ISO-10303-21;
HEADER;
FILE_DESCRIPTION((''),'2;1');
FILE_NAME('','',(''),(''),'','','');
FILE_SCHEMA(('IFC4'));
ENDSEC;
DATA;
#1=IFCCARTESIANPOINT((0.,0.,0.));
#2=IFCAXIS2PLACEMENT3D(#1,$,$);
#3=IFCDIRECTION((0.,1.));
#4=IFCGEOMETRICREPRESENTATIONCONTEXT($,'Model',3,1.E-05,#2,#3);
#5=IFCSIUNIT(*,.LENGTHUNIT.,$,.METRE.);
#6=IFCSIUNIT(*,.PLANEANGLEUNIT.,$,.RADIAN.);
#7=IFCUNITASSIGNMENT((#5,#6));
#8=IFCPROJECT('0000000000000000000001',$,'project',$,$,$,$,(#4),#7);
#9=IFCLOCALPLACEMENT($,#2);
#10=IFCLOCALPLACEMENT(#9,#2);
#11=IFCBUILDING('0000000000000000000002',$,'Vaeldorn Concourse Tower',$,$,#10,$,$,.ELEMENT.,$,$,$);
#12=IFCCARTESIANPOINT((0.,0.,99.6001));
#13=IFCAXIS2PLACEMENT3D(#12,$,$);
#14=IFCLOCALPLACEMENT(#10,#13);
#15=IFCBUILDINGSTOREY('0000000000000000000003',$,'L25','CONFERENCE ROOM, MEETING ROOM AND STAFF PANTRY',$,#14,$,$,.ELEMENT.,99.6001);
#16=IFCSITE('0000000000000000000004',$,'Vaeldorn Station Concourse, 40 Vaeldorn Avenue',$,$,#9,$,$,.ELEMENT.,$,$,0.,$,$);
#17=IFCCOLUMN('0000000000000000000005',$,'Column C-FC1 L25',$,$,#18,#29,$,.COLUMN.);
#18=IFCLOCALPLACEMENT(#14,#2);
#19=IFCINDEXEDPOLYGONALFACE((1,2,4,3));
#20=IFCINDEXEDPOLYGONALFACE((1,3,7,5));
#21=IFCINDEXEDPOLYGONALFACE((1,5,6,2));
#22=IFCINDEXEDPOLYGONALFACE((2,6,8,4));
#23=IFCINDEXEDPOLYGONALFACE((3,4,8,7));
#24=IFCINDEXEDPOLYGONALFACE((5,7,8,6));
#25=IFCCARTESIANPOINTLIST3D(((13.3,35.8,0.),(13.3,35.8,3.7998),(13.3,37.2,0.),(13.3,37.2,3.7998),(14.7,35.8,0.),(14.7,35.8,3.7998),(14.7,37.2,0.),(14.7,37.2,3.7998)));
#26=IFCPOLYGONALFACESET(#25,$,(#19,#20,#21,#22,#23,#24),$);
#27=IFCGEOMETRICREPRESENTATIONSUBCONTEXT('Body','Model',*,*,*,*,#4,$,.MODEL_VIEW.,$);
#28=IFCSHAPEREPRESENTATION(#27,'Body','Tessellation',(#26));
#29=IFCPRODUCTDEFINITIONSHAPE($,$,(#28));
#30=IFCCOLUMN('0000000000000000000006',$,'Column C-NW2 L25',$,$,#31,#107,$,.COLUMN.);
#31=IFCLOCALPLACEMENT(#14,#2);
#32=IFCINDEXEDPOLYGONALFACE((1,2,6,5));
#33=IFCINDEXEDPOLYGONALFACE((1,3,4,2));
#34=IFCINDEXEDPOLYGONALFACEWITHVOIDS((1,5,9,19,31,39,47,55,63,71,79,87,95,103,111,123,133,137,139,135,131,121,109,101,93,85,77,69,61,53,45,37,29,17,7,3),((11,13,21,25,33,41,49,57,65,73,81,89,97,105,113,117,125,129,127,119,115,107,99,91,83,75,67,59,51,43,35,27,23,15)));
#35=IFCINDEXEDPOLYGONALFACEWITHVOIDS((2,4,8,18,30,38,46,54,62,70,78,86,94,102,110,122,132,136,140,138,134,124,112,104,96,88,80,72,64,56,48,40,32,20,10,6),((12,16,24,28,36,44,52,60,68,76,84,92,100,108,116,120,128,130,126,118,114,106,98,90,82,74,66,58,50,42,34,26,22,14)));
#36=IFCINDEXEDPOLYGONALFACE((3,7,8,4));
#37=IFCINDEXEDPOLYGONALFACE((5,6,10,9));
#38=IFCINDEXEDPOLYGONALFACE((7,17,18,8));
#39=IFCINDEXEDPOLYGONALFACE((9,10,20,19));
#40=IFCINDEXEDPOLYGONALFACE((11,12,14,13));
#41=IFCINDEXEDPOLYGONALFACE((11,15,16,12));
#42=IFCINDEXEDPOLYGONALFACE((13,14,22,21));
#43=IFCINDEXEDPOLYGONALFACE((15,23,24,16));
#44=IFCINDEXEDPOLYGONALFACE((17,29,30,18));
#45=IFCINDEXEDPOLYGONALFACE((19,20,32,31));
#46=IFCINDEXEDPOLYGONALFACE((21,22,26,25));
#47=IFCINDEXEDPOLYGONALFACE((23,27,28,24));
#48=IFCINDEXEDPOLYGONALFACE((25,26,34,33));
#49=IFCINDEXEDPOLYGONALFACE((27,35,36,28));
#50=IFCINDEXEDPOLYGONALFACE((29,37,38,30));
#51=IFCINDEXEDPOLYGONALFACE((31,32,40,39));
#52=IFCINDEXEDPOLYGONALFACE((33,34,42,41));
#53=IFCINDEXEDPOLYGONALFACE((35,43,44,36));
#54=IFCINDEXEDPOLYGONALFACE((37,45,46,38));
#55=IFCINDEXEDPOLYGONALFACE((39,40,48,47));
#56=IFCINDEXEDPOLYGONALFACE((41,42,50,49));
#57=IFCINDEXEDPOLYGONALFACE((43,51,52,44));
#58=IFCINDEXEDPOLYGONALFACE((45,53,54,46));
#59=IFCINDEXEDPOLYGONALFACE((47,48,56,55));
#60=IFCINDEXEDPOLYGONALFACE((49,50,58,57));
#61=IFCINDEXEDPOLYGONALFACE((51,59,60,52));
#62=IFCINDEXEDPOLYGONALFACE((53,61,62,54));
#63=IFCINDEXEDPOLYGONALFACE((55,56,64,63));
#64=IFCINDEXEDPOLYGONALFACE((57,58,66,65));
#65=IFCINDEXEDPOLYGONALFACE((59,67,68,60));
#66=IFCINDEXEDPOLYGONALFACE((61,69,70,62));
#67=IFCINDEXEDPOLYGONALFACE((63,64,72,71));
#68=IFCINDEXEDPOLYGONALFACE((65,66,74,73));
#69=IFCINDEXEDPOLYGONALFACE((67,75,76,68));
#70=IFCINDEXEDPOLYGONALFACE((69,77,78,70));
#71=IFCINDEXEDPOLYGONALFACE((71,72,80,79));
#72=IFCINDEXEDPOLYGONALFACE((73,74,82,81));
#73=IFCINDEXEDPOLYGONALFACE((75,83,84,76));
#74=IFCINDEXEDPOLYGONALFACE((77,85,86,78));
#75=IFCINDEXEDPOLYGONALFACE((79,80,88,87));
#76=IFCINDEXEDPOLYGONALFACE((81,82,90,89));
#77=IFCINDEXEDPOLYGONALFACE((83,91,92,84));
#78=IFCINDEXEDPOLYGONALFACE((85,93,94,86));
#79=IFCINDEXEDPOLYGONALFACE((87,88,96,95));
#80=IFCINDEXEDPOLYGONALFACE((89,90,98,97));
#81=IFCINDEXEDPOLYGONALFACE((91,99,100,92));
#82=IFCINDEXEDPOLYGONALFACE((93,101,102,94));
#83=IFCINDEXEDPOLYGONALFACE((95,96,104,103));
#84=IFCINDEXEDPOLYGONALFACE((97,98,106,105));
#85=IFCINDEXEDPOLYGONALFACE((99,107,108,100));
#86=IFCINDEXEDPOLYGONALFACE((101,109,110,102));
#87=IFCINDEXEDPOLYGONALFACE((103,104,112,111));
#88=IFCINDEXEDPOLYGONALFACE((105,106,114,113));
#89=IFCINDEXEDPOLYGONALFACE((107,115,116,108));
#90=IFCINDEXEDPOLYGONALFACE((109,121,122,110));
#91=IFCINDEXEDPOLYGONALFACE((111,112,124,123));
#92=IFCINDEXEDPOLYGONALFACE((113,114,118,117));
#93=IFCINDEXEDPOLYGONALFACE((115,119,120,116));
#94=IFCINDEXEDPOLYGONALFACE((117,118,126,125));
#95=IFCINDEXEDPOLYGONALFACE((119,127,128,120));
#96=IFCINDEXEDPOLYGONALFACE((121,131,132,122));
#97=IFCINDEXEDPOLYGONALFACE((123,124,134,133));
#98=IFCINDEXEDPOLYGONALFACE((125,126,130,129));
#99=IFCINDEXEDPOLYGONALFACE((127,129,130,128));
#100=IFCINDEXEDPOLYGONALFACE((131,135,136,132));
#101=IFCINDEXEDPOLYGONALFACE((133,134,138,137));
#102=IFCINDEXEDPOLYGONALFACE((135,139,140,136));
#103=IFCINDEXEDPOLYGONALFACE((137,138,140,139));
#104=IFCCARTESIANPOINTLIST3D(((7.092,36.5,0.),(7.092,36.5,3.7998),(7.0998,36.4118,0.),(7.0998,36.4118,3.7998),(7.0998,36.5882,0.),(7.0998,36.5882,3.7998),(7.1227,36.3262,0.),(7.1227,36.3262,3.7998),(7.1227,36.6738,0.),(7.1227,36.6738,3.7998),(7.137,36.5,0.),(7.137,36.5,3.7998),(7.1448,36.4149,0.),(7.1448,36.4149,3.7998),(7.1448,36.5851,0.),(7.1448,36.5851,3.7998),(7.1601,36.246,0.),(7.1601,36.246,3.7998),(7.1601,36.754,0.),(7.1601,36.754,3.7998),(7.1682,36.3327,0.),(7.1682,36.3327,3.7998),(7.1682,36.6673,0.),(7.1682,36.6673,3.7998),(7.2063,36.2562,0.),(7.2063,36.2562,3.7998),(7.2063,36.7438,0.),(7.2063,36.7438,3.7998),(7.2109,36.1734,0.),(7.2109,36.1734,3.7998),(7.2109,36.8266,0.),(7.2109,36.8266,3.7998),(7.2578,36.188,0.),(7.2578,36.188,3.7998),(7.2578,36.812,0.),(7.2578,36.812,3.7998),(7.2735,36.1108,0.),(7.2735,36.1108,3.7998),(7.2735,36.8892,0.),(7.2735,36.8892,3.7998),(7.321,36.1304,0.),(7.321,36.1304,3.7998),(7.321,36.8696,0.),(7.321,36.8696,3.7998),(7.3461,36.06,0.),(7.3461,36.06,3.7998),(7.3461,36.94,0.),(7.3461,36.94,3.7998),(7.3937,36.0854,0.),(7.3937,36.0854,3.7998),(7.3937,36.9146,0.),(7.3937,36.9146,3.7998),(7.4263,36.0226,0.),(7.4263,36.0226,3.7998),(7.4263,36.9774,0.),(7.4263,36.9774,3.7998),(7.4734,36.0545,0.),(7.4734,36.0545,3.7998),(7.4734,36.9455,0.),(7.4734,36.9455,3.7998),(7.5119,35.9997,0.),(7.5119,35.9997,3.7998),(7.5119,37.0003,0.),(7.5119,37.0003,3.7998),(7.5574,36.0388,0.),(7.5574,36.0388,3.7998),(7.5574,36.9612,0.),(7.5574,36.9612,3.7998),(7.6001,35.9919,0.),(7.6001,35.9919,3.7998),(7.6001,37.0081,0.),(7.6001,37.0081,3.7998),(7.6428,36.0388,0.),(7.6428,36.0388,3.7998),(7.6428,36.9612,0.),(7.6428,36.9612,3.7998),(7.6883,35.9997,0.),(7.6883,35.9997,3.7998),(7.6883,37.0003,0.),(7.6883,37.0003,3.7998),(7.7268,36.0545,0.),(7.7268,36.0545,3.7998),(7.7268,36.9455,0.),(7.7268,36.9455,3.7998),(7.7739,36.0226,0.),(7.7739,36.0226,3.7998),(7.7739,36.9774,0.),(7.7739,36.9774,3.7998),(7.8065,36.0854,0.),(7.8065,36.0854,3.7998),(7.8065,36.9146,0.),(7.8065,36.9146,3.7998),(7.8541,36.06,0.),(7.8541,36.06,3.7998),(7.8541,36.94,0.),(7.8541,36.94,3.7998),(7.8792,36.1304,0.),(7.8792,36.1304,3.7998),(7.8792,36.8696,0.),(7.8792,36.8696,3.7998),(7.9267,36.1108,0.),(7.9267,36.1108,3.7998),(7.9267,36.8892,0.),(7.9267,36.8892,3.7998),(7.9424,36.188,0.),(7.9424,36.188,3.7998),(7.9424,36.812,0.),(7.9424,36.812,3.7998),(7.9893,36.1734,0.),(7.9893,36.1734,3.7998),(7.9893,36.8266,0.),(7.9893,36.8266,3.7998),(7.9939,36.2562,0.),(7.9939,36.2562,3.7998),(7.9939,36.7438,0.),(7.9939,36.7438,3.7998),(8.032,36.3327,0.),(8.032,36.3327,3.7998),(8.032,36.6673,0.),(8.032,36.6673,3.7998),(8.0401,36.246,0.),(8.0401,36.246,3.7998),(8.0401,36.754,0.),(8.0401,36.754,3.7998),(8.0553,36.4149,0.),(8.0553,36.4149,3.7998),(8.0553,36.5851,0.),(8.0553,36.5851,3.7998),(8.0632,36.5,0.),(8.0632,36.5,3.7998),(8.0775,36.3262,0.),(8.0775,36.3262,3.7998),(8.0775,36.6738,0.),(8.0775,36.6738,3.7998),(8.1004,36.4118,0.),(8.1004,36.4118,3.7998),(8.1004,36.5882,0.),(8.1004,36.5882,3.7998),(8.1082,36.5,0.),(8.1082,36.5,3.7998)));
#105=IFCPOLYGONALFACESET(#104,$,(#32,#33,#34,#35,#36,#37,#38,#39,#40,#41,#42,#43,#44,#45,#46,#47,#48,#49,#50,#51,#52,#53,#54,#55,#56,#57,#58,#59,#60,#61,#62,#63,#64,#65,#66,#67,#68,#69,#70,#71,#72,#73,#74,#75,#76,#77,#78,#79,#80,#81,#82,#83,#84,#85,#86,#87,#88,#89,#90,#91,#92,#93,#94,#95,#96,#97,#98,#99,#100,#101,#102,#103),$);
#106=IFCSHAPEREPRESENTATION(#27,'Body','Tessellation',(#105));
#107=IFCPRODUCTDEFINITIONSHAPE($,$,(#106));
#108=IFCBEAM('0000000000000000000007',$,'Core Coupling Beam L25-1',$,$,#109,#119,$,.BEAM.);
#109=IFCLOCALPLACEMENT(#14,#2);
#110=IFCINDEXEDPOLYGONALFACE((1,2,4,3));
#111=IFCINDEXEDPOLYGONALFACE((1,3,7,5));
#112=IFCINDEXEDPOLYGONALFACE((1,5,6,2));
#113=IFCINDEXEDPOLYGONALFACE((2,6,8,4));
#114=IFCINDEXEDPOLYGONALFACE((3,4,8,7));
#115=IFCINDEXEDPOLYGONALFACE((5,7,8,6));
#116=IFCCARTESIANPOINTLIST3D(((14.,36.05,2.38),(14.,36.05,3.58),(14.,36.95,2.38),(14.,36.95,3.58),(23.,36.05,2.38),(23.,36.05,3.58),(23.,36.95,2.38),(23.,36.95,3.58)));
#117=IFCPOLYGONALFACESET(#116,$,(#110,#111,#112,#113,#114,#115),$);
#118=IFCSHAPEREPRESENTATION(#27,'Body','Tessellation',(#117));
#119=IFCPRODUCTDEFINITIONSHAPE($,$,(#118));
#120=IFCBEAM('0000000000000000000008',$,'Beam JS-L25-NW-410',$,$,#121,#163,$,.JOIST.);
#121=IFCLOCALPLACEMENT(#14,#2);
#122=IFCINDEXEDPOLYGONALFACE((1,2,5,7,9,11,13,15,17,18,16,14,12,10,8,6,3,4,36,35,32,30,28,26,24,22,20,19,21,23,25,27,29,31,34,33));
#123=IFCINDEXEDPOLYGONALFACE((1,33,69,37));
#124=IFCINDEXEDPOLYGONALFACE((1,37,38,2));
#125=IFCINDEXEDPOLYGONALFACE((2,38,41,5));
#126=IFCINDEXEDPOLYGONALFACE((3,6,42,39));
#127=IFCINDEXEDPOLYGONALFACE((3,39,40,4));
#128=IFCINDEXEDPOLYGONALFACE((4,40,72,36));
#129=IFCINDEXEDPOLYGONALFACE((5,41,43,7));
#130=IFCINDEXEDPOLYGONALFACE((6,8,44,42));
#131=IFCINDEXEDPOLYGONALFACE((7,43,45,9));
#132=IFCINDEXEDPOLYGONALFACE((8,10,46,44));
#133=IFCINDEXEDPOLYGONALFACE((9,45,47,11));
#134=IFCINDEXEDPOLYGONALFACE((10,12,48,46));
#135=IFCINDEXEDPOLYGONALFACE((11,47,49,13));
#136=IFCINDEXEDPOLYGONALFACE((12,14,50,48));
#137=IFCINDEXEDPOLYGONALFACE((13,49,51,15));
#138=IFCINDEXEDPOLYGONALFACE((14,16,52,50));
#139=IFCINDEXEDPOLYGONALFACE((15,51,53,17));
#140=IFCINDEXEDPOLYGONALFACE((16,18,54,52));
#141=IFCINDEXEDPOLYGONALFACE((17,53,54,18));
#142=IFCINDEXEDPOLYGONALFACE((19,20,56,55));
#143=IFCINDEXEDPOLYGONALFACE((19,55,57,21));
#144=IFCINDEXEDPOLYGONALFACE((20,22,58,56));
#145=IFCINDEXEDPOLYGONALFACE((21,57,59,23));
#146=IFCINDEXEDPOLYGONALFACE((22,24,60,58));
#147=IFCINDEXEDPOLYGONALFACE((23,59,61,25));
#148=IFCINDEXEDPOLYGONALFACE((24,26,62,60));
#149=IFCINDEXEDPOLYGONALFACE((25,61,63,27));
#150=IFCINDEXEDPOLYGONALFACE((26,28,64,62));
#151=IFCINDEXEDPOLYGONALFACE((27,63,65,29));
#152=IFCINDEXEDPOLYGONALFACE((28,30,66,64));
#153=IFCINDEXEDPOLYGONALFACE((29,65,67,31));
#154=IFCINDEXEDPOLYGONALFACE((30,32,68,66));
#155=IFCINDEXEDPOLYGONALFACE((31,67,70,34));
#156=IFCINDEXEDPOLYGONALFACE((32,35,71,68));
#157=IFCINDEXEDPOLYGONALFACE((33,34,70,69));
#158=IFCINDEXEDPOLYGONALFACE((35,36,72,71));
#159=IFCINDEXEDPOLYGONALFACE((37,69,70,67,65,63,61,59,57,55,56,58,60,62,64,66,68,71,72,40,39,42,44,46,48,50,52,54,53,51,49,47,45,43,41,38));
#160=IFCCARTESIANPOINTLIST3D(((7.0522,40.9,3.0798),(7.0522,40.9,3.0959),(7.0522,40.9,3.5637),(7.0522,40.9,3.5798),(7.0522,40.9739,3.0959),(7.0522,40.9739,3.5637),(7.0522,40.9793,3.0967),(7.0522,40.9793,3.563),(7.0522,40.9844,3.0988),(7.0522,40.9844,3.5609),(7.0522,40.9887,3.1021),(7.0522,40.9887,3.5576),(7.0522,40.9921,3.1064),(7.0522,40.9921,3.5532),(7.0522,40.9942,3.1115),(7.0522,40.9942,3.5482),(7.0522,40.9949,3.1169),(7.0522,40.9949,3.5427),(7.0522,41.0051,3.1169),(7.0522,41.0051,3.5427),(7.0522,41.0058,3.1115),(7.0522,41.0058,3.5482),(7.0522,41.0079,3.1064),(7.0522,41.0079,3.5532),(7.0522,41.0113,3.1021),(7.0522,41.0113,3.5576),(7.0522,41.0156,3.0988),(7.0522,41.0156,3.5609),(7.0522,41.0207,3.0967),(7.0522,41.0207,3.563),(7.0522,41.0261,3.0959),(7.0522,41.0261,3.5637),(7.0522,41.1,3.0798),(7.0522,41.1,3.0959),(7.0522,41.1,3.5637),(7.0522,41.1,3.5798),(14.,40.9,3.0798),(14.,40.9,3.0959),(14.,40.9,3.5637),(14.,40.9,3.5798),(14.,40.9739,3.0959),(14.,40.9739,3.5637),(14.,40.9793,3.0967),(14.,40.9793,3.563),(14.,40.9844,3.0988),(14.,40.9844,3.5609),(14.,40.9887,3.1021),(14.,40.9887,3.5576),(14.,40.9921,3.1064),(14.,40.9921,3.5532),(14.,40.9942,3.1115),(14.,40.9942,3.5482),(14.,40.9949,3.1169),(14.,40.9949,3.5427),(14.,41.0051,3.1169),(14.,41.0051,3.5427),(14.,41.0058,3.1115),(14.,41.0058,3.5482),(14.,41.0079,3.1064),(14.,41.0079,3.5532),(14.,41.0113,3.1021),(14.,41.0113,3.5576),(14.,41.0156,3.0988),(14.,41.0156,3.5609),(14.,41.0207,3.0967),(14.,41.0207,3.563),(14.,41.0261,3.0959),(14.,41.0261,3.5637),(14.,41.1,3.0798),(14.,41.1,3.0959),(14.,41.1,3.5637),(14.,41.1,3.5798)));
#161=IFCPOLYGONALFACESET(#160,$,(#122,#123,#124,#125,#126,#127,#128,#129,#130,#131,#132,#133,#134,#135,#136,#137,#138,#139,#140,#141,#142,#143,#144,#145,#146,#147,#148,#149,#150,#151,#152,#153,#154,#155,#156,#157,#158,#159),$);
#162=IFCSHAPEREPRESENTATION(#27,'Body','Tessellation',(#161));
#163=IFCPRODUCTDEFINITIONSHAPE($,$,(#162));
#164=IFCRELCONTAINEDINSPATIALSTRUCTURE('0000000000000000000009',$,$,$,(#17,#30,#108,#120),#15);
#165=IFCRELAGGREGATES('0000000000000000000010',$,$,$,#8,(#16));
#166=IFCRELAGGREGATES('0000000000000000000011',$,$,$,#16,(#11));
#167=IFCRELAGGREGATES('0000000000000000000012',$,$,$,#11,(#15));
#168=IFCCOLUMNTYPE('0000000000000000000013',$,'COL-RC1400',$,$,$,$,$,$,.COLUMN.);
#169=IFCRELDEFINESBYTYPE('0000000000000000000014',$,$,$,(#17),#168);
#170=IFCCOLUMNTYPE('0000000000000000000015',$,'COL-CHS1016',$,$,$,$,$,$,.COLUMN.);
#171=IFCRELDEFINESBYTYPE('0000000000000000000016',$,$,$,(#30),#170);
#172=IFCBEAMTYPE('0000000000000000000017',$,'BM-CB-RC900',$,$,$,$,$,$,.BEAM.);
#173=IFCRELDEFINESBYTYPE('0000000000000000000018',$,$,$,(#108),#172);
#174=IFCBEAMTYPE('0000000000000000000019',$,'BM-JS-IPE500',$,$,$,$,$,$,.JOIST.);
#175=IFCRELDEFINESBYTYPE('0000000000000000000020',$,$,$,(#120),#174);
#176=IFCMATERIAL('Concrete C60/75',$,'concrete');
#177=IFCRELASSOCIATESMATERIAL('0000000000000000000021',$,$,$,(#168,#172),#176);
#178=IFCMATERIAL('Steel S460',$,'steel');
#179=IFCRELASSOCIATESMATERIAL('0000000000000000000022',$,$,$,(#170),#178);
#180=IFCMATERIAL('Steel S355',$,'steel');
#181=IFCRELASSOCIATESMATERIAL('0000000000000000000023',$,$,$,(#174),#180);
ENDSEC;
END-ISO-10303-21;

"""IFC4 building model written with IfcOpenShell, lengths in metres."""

from ifc_helpers import new_model, si_unit, direction, frame, origin, origin_2d, place, context, subcontext, project, spatial, rectangle, hollow_circle, i_section, extrude, source, transform, mapped, material, material_profile, profile_set, type_object, element, save


model = new_model("IFC4")

# Units and contexts
model_context = context("Model", 3, precision=1e-05, world=origin(), true_north=direction((0.0, 1.0)))
body_context = subcontext(model_context, "Body", "Model", "MODEL_VIEW")
ifc_project = project(units=[si_unit("LENGTHUNIT", "METRE"), si_unit("PLANEANGLEUNIT", "RADIAN")], contexts=[model_context])

# Site, building, storey
site_placement = place(None, origin())
site = spatial("IfcSite", under=ifc_project, at=site_placement, Name="Vaeldorn Station Concourse, 40 Vaeldorn Avenue", CompositionType="ELEMENT", RefElevation=0.0)
building_placement = place(site_placement, origin())
building = spatial("IfcBuilding", under=site, at=building_placement, Name="Vaeldorn Concourse Tower", CompositionType="ELEMENT")
storey_placement = place(building_placement, frame((0.0, 0.0, 99.6001)))
storey = spatial("IfcBuildingStorey", under=building, at=storey_placement, Name="L25", Description="CONFERENCE ROOM, MEETING ROOM AND STAFF PANTRY", CompositionType="ELEMENT", Elevation=99.6001)

# Columns
ifc_material_1 = material(Name="Concrete C60/75", Category="concrete")
ifc_material_profile_1 = material_profile(ifc_material_1, rectangle(XDim=1.3999, YDim=1.3999, at=origin_2d()), Name="RC 1400x1400")
ifc_profile_set_1 = profile_set([ifc_material_profile_1], Name="Concrete C60/75")
column_type_1 = type_object("IfcColumnType", Name="COL-RC1400", PredefinedType="COLUMN", material=ifc_profile_set_1)
shared_shape_1 = source(origin(), body_context, "Body", "SweptSolid", [
    extrude(rectangle(XDim=1.3999, YDim=1.3999, at=origin_2d()), origin(), (0.0, 0.0, 1.0), 3.7998),
])
column_1_placement = place(storey_placement, frame((14.0, 36.5, 0.0), z_axis=(0.0, 0.0, 1.0), x_axis=(1.0, 0.0, 0.0)))
element("IfcColumn", 1, at=column_1_placement, inside=storey, type_object=column_type_1, Name="Column C-FC1 L25", PredefinedType="COLUMN", context=body_context, shape_type="MappedRepresentation", body=[
    mapped(shared_shape_1, transform((0.0, 0.0, 0.0), scale=1.0)),
])
ifc_material_2 = material(Name="Steel S460", Category="steel")
ifc_material_profile_2 = material_profile(ifc_material_2, hollow_circle(Radius=0.5081, WallThickness=0.0449, at=origin_2d()), Name="CHS 1016x45")
ifc_profile_set_2 = profile_set([ifc_material_profile_2], Name="Steel S460")
column_type_2 = type_object("IfcColumnType", Name="COL-CHS1016", PredefinedType="COLUMN", material=ifc_profile_set_2)
shared_shape_2 = source(origin(), body_context, "Body", "SweptSolid", [
    extrude(hollow_circle(Radius=0.5081, WallThickness=0.0449, at=origin_2d()), origin(), (0.0, 0.0, 1.0), 3.7998),
])
column_2_placement = place(storey_placement, frame((7.6001, 36.5, 0.0), z_axis=(0.0, 0.0, 1.0), x_axis=(1.0, 0.0, 0.0)))
element("IfcColumn", 2, at=column_2_placement, inside=storey, type_object=column_type_2, Name="Column C-NW2 L25", PredefinedType="COLUMN", context=body_context, shape_type="MappedRepresentation", body=[
    mapped(shared_shape_2, transform((0.0, 0.0, 0.0), scale=1.0)),
])

# Beams
ifc_material_profile_3 = material_profile(ifc_material_1, rectangle(XDim=0.8999, YDim=1.2, at=origin_2d()), Name="RC 900x1200")
ifc_profile_set_3 = profile_set([ifc_material_profile_3], Name="Concrete C60/75")
beam_type_1 = type_object("IfcBeamType", Name="BM-CB-RC900", PredefinedType="BEAM", material=ifc_profile_set_3)
shared_shape_3 = source(origin(), body_context, "Body", "SweptSolid", [
    extrude(rectangle(XDim=0.8999, YDim=1.2, at=origin_2d()), origin(), (0.0, 0.0, 1.0), 9.0),
])
beam_1_placement = place(storey_placement, frame((14.0, 36.5, 2.98), z_axis=(1.0, 0.0, 0.0), x_axis=(0.0, 1.0, 0.0)))
element("IfcBeam", 3, at=beam_1_placement, inside=storey, type_object=beam_type_1, Name="Core Coupling Beam L25-1", PredefinedType="BEAM", context=body_context, shape_type="MappedRepresentation", body=[
    mapped(shared_shape_3, transform((0.0, 0.0, 0.0), scale=1.0)),
])
ifc_material_3 = material(Name="Steel S355", Category="steel")
ifc_material_profile_4 = material_profile(ifc_material_3, i_section(OverallWidth=0.2, OverallDepth=0.5, WebThickness=0.0103, FlangeThickness=0.0161, FilletRadius=0.021, at=origin_2d()), Name="IPE 500")
ifc_profile_set_4 = profile_set([ifc_material_profile_4], Name="Steel S355")
beam_type_2 = type_object("IfcBeamType", Name="BM-JS-IPE500", PredefinedType="JOIST", material=ifc_profile_set_4)
shared_shape_4 = source(origin(), body_context, "Body", "SweptSolid", [
    extrude(i_section(OverallWidth=0.2, OverallDepth=0.5, WebThickness=0.0103, FlangeThickness=0.0161, FilletRadius=0.021, at=origin_2d()), origin(), (0.0, 0.0, 1.0), 6.9478),
])
beam_2_placement = place(storey_placement, frame((7.0522, 41.0, 3.3298), z_axis=(1.0, 0.0, 0.0), x_axis=(0.0, 1.0, 0.0)))
element("IfcBeam", 4, at=beam_2_placement, inside=storey, type_object=beam_type_2, Name="Beam JS-L25-NW-410", PredefinedType="JOIST", context=body_context, shape_type="MappedRepresentation", body=[
    mapped(shared_shape_4, transform((0.0, 0.0, 0.0), scale=1.0)),
])

save(model, "model.ifc")
